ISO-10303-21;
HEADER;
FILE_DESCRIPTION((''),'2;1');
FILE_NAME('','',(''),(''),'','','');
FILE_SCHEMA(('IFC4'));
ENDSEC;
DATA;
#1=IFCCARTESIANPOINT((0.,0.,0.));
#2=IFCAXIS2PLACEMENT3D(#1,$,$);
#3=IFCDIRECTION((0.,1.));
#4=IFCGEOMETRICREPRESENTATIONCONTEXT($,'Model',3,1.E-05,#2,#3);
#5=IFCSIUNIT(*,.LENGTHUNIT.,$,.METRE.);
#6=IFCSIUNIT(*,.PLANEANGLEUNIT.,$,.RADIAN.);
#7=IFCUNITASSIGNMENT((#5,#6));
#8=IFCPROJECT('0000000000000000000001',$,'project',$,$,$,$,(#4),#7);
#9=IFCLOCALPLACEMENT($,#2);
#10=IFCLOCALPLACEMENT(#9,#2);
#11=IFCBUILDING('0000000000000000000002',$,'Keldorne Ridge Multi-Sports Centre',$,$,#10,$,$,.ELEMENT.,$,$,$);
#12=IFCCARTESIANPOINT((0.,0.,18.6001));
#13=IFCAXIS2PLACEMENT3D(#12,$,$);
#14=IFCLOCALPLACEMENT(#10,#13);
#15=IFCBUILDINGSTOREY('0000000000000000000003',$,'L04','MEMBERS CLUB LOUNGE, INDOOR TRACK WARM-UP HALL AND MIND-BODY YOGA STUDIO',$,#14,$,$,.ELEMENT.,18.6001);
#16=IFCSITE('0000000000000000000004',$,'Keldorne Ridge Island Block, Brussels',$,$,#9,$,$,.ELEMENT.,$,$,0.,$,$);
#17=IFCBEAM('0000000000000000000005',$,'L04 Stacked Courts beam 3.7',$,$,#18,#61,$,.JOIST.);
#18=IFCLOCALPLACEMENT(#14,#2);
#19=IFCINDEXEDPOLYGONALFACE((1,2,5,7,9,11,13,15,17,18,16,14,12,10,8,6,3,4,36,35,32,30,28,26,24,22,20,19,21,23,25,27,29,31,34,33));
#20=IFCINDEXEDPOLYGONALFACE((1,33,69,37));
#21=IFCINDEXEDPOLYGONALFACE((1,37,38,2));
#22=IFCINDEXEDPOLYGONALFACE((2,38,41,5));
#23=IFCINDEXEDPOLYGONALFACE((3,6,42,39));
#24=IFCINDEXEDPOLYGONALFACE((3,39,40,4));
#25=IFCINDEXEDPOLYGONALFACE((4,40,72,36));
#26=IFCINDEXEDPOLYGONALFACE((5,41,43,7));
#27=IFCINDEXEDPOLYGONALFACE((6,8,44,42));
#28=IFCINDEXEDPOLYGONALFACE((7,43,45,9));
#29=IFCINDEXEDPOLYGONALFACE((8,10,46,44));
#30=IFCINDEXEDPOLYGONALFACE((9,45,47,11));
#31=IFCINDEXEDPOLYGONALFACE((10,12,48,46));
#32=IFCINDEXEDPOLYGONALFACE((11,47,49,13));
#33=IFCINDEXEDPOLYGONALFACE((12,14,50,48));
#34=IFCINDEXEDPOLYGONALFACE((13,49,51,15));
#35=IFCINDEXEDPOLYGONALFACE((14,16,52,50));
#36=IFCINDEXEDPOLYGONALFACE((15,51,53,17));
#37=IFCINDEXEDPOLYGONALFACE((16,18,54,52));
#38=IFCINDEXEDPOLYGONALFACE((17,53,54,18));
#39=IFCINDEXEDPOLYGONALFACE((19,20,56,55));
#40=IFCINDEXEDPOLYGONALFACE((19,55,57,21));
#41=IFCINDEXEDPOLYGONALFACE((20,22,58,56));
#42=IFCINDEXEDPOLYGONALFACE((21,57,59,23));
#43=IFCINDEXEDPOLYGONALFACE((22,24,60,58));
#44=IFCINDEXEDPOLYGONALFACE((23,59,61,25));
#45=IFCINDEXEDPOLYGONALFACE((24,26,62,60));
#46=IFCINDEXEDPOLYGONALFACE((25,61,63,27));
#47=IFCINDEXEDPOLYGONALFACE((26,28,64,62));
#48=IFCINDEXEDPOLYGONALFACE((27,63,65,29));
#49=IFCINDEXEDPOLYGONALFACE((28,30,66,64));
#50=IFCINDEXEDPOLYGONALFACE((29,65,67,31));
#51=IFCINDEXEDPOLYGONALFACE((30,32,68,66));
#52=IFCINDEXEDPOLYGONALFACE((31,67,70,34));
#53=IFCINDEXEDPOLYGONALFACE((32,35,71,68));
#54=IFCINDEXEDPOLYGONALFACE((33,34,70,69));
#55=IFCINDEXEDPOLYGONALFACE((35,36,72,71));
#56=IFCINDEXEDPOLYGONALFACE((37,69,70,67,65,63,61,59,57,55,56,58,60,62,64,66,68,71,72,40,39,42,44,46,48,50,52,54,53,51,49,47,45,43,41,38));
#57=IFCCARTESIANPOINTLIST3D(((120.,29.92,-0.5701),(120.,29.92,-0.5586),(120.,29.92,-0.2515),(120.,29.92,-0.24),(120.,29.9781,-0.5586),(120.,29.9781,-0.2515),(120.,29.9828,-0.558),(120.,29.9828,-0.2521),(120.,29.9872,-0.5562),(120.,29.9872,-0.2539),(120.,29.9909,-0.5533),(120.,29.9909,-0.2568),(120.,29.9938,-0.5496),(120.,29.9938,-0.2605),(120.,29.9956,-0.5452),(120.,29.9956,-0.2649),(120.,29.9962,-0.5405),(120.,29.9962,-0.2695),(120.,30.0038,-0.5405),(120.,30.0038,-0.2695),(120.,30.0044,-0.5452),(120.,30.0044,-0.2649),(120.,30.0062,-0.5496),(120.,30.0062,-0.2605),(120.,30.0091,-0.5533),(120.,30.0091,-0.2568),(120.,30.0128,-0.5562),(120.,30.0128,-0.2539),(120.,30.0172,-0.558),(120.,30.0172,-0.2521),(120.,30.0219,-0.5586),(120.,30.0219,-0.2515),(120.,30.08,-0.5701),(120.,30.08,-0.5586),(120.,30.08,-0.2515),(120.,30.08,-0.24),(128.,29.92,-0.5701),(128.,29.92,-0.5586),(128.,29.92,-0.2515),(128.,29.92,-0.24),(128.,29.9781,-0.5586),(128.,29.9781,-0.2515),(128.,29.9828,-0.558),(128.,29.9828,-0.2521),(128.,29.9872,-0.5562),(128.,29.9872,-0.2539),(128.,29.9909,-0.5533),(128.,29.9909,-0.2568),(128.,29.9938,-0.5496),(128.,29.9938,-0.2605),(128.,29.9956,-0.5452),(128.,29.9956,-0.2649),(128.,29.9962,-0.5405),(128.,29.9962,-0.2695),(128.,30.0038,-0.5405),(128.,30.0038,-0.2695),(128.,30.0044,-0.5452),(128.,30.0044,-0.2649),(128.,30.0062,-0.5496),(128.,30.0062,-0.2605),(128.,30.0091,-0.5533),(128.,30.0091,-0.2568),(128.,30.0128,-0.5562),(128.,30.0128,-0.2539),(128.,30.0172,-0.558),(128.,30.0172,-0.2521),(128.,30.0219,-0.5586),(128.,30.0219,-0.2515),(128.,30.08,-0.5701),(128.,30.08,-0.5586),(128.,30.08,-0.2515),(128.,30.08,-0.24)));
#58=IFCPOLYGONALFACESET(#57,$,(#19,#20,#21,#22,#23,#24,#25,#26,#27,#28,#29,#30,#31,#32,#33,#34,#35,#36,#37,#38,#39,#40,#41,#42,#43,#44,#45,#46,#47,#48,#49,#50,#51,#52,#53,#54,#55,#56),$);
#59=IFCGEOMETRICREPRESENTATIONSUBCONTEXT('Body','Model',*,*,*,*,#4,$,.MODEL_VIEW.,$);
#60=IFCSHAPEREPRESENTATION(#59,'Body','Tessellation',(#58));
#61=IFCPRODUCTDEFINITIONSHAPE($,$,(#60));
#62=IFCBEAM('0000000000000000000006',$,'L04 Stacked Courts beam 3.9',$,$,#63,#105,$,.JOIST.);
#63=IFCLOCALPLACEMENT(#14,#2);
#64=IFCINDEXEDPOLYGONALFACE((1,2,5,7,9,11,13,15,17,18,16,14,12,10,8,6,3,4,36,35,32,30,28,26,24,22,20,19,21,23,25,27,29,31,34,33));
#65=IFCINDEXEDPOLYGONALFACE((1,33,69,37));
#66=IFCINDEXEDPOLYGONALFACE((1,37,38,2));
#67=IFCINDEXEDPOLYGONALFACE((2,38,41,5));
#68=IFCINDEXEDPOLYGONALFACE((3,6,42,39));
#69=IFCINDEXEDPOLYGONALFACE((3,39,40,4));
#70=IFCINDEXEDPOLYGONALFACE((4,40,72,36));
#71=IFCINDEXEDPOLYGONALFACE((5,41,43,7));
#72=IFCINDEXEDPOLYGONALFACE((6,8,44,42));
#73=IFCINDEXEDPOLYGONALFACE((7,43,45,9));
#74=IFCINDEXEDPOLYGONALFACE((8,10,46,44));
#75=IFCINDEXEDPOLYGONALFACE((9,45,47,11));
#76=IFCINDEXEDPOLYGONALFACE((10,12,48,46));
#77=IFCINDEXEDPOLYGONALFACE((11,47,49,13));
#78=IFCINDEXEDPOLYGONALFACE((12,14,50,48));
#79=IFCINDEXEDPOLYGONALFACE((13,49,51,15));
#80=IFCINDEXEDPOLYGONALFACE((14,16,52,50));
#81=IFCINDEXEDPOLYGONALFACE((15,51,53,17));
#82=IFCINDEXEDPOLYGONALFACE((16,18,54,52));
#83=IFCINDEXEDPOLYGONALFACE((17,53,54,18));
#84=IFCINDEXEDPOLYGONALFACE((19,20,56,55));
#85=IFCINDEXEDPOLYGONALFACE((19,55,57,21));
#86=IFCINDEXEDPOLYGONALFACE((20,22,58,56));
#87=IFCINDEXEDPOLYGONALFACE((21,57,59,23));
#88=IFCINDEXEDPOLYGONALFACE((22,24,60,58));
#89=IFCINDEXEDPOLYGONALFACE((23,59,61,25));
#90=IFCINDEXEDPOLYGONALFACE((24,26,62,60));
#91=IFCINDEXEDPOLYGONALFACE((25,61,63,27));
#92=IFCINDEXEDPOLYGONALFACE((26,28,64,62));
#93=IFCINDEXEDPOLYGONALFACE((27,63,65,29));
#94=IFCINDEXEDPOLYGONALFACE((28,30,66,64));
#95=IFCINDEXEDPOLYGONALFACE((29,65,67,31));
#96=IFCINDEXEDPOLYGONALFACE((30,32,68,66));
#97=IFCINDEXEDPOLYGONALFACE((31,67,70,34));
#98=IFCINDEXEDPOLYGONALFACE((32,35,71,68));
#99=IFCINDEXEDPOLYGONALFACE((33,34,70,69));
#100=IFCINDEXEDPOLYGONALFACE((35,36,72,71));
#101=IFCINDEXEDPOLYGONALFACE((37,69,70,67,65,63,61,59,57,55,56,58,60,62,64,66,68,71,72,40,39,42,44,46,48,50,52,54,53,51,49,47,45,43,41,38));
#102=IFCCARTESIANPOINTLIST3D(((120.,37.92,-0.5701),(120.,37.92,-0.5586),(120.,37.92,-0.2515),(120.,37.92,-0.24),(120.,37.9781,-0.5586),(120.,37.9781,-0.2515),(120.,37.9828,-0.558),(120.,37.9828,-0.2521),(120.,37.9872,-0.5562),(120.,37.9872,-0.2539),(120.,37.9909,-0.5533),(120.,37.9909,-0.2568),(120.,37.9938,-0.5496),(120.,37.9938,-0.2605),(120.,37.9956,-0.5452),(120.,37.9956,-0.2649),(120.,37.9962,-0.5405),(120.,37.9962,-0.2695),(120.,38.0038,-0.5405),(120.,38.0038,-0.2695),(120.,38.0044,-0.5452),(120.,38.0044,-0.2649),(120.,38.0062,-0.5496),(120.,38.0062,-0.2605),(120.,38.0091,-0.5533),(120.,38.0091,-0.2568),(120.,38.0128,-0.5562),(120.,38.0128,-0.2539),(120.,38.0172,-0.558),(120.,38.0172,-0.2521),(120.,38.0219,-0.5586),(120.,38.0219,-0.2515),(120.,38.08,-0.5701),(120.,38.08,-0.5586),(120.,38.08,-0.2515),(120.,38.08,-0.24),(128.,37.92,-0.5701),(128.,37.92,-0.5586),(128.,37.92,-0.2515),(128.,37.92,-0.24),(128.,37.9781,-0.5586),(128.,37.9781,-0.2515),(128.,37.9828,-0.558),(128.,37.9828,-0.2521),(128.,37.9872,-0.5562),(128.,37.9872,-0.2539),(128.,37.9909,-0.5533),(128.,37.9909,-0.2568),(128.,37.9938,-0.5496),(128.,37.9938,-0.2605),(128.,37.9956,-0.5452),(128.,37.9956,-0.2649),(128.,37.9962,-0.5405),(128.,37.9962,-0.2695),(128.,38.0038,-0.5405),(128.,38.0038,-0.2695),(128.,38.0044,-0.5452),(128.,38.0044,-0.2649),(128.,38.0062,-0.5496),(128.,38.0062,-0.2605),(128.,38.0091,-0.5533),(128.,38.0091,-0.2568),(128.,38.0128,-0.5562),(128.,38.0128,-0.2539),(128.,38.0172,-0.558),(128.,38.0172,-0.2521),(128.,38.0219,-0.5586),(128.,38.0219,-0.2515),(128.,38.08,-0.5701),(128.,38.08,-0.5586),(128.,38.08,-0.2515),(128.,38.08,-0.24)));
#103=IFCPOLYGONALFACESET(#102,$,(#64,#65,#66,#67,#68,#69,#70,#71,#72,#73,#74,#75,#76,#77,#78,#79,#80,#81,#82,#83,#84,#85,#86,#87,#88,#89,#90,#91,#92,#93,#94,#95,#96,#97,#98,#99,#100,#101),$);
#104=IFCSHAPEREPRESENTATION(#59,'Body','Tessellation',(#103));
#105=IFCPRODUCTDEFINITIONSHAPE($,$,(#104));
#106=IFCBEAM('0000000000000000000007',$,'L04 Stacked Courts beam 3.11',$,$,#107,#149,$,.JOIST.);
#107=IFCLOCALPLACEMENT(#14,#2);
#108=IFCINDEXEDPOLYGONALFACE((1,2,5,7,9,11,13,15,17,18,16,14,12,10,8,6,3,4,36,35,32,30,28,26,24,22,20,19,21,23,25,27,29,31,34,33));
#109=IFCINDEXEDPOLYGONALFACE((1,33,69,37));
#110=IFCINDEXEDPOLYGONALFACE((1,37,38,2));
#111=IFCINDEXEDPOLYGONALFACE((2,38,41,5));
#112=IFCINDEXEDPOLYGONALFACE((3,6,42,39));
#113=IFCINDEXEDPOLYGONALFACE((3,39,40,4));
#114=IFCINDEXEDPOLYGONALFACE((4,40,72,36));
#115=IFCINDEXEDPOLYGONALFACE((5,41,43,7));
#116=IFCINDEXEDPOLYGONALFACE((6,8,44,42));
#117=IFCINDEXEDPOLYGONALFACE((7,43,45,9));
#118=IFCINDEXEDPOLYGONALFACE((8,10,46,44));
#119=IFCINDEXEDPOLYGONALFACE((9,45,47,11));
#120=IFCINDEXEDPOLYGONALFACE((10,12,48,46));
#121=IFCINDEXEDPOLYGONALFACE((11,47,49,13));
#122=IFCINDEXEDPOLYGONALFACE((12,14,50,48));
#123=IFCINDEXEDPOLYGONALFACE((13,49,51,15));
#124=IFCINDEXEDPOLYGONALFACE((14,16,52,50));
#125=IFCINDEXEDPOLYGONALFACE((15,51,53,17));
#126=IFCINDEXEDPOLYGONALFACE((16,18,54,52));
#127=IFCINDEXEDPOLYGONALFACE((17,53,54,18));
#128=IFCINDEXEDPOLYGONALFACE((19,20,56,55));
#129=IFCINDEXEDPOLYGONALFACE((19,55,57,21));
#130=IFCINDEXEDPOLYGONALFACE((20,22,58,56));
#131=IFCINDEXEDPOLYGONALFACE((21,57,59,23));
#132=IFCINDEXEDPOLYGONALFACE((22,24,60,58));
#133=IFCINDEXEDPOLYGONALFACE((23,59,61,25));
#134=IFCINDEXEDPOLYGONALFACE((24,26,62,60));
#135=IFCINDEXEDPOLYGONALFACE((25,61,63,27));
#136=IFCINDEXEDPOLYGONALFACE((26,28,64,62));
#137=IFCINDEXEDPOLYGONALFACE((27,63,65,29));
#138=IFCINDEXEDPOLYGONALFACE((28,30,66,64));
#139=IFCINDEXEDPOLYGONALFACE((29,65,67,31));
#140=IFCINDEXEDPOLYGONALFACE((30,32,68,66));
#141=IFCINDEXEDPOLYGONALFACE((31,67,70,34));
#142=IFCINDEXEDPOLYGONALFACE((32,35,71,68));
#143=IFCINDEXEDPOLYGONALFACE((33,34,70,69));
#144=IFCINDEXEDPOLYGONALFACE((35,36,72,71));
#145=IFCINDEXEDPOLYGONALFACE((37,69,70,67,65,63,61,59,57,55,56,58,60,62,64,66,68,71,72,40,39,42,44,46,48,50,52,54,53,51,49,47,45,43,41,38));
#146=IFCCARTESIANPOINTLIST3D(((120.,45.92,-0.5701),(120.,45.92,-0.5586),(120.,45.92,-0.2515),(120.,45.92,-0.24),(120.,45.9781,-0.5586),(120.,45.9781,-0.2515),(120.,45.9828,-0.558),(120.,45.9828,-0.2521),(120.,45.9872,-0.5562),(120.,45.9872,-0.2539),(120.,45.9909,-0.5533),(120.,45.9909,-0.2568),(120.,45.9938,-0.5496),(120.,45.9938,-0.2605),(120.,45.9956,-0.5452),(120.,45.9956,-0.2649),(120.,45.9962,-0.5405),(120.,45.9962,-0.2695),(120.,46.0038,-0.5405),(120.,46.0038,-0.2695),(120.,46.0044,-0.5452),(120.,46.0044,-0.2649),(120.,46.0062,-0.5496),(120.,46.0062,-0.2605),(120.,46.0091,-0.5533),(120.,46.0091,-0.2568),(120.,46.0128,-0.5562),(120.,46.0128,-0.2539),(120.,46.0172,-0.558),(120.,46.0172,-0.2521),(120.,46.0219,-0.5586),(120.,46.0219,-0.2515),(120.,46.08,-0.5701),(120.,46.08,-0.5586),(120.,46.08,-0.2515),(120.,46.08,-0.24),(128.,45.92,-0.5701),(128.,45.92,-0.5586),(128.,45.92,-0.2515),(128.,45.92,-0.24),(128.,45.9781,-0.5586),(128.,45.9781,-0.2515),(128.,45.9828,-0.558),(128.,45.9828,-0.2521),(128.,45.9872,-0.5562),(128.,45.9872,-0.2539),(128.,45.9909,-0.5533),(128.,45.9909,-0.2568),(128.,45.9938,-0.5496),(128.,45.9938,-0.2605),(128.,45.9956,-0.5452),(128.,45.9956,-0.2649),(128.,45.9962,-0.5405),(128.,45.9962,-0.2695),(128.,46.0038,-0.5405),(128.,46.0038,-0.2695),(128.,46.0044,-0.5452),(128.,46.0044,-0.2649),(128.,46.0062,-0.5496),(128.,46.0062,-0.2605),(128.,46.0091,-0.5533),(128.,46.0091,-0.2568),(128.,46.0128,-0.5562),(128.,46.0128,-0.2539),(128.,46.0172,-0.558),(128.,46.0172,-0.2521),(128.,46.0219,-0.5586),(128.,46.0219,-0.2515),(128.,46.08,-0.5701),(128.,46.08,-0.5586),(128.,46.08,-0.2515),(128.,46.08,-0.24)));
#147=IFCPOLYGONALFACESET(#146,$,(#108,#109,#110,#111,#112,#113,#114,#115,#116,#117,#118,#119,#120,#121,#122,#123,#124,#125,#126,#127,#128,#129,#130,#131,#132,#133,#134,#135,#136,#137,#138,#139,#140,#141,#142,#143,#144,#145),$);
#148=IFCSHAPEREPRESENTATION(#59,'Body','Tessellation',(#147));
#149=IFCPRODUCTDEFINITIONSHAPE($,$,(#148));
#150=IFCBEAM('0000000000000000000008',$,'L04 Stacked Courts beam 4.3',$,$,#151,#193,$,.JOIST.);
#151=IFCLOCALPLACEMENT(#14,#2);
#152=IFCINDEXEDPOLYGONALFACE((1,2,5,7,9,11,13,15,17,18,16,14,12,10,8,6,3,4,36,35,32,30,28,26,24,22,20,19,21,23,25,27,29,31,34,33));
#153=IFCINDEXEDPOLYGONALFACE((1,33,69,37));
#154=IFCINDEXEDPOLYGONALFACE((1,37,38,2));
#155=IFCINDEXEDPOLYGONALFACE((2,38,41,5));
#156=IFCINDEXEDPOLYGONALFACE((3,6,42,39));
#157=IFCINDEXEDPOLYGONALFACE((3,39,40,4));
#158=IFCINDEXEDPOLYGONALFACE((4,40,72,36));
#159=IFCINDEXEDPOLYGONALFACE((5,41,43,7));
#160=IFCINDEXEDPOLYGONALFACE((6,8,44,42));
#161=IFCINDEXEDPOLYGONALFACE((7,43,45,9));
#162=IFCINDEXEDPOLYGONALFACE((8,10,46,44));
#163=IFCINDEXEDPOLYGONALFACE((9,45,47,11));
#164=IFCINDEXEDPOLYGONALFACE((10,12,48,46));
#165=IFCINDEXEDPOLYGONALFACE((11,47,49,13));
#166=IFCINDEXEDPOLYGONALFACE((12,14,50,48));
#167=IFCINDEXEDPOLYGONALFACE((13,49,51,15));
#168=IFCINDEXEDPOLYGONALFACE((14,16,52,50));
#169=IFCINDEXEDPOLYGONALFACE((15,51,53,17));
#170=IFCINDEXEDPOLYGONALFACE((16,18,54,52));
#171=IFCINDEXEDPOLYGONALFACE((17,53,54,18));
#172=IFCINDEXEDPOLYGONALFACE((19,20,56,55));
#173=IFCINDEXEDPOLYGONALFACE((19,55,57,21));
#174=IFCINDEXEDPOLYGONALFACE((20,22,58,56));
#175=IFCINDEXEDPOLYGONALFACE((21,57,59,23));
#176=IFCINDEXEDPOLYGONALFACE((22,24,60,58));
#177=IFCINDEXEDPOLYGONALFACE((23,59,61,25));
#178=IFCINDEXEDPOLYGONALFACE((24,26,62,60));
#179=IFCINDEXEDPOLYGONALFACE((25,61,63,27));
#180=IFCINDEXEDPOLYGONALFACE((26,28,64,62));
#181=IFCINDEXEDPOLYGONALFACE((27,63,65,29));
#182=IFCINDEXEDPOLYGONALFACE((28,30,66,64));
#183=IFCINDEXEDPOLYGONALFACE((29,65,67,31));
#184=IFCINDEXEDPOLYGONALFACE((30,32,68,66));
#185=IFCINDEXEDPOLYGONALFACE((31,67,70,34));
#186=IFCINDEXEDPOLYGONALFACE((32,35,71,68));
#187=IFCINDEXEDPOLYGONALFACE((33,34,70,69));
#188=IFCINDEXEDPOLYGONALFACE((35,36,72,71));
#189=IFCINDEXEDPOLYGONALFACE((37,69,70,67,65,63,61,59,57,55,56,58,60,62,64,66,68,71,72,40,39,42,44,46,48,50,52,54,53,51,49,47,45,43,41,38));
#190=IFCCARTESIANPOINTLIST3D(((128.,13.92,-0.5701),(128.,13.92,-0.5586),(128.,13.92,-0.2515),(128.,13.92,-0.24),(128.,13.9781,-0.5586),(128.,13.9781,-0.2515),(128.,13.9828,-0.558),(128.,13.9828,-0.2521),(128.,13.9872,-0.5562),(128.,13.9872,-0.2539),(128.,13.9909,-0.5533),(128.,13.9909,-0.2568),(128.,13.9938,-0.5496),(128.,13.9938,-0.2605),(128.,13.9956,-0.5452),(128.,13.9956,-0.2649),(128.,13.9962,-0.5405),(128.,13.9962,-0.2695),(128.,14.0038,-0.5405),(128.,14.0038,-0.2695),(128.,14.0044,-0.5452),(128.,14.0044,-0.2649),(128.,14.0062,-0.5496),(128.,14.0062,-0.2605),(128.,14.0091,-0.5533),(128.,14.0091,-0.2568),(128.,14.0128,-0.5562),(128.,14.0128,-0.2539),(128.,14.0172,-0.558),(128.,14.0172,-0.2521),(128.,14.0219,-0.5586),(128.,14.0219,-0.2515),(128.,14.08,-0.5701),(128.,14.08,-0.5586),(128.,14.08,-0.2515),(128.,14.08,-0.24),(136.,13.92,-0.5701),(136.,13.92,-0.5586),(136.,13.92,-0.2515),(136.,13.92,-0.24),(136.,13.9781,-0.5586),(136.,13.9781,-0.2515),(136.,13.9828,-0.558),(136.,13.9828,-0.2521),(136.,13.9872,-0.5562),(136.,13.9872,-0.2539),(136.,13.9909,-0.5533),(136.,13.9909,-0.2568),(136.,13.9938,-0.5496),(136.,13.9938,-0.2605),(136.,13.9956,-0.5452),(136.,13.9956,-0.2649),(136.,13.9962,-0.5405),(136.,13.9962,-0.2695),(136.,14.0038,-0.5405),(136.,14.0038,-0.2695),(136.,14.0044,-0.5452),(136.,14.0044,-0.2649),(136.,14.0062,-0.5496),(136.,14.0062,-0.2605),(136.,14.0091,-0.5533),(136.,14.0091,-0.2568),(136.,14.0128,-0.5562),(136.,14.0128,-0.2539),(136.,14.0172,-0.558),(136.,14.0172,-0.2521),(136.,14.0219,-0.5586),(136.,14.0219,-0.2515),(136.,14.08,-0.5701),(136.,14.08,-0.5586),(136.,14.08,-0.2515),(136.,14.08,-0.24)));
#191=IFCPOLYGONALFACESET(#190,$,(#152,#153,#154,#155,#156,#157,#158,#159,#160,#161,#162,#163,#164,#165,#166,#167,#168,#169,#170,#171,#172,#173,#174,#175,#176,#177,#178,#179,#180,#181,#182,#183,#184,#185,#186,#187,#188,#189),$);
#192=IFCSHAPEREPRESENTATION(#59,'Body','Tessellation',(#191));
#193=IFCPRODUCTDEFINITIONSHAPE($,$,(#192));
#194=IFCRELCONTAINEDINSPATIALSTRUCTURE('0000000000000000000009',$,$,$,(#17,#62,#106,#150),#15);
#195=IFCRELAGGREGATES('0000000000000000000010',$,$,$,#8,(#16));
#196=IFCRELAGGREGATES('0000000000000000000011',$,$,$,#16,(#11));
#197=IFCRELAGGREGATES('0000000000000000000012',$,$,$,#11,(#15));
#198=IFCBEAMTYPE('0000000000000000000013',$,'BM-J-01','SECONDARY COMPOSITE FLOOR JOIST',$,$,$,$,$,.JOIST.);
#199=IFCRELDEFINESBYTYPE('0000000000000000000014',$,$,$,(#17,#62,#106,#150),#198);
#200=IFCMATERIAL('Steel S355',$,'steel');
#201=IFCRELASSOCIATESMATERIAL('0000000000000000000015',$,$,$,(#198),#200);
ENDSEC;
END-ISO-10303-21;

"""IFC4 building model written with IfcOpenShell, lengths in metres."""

from ifc_helpers import new_model, si_unit, direction, frame, origin, origin_2d, place, context, subcontext, project, spatial, i_section, extrude, material, material_profile, profile_set, type_object, element, save


model = new_model("IFC4")

# Units and contexts
model_context = context("Model", 3, precision=1e-05, world=origin(), true_north=direction((0.0, 1.0)))
body_context = subcontext(model_context, "Body", "Model", "MODEL_VIEW")
ifc_project = project(units=[si_unit("LENGTHUNIT", "METRE"), si_unit("PLANEANGLEUNIT", "RADIAN")], contexts=[model_context])

# Site, building, storey
site_placement = place(None, origin())
site = spatial("IfcSite", under=ifc_project, at=site_placement, Name="Keldorne Ridge Island Block, Brussels", CompositionType="ELEMENT", RefElevation=0.0)
building_placement = place(site_placement, origin())
building = spatial("IfcBuilding", under=site, at=building_placement, Name="Keldorne Ridge Multi-Sports Centre", CompositionType="ELEMENT")
storey_placement = place(building_placement, frame((0.0, 0.0, 18.6001)))
storey = spatial("IfcBuildingStorey", under=building, at=storey_placement, Name="L04", Description="MEMBERS CLUB LOUNGE, INDOOR TRACK WARM-UP HALL AND MIND-BODY YOGA STUDIO", CompositionType="ELEMENT", Elevation=18.6001)

# Shared definitions
ifc_material_1 = material(Name="Steel S355", Category="steel")

# Beams
ifc_material_profile_1 = material_profile(ifc_material_1, i_section(OverallWidth=0.1599, OverallDepth=0.3301, WebThickness=0.0076, FlangeThickness=0.0115, FilletRadius=0.0181, at=origin_2d()), Name="IPE 330")
ifc_profile_set_1 = profile_set([ifc_material_profile_1], Name="Steel S355")
beam_type_1 = type_object("IfcBeamType", Name="BM-J-01", Description="SECONDARY COMPOSITE FLOOR JOIST", PredefinedType="JOIST", material=ifc_profile_set_1)
for number, where, z_axis, x_axis, name in (
    (1, (120.0, 30.0, -0.405), (1.0, 0.0, 0.0), (0.0, 1.0, 0.0), "L04 Stacked Courts beam 3.7"),
    (2, (120.0, 38.0, -0.405), (1.0, 0.0, 0.0), (0.0, 1.0, 0.0), "L04 Stacked Courts beam 3.9"),
    (3, (120.0, 46.0, -0.405), (1.0, 0.0, 0.0), (0.0, 1.0, 0.0), "L04 Stacked Courts beam 3.11"),
    (4, (128.0, 14.0, -0.405), (1.0, 0.0, 0.0), (0.0, 1.0, 0.0), "L04 Stacked Courts beam 4.3"),
):
    element("IfcBeam", number, at=place(storey_placement, frame(where, z_axis=z_axis, x_axis=x_axis)), inside=storey, type_object=beam_type_1, Name=name, PredefinedType="JOIST", context=body_context, shape_type="SweptSolid", body=[
        extrude(i_section(OverallWidth=0.1599, OverallDepth=0.3301, WebThickness=0.0076, FlangeThickness=0.0115, FilletRadius=0.0181, at=origin_2d()), origin(), (0.0, 0.0, 1.0), 8.0),
    ])

save(model, "model.ifc")
